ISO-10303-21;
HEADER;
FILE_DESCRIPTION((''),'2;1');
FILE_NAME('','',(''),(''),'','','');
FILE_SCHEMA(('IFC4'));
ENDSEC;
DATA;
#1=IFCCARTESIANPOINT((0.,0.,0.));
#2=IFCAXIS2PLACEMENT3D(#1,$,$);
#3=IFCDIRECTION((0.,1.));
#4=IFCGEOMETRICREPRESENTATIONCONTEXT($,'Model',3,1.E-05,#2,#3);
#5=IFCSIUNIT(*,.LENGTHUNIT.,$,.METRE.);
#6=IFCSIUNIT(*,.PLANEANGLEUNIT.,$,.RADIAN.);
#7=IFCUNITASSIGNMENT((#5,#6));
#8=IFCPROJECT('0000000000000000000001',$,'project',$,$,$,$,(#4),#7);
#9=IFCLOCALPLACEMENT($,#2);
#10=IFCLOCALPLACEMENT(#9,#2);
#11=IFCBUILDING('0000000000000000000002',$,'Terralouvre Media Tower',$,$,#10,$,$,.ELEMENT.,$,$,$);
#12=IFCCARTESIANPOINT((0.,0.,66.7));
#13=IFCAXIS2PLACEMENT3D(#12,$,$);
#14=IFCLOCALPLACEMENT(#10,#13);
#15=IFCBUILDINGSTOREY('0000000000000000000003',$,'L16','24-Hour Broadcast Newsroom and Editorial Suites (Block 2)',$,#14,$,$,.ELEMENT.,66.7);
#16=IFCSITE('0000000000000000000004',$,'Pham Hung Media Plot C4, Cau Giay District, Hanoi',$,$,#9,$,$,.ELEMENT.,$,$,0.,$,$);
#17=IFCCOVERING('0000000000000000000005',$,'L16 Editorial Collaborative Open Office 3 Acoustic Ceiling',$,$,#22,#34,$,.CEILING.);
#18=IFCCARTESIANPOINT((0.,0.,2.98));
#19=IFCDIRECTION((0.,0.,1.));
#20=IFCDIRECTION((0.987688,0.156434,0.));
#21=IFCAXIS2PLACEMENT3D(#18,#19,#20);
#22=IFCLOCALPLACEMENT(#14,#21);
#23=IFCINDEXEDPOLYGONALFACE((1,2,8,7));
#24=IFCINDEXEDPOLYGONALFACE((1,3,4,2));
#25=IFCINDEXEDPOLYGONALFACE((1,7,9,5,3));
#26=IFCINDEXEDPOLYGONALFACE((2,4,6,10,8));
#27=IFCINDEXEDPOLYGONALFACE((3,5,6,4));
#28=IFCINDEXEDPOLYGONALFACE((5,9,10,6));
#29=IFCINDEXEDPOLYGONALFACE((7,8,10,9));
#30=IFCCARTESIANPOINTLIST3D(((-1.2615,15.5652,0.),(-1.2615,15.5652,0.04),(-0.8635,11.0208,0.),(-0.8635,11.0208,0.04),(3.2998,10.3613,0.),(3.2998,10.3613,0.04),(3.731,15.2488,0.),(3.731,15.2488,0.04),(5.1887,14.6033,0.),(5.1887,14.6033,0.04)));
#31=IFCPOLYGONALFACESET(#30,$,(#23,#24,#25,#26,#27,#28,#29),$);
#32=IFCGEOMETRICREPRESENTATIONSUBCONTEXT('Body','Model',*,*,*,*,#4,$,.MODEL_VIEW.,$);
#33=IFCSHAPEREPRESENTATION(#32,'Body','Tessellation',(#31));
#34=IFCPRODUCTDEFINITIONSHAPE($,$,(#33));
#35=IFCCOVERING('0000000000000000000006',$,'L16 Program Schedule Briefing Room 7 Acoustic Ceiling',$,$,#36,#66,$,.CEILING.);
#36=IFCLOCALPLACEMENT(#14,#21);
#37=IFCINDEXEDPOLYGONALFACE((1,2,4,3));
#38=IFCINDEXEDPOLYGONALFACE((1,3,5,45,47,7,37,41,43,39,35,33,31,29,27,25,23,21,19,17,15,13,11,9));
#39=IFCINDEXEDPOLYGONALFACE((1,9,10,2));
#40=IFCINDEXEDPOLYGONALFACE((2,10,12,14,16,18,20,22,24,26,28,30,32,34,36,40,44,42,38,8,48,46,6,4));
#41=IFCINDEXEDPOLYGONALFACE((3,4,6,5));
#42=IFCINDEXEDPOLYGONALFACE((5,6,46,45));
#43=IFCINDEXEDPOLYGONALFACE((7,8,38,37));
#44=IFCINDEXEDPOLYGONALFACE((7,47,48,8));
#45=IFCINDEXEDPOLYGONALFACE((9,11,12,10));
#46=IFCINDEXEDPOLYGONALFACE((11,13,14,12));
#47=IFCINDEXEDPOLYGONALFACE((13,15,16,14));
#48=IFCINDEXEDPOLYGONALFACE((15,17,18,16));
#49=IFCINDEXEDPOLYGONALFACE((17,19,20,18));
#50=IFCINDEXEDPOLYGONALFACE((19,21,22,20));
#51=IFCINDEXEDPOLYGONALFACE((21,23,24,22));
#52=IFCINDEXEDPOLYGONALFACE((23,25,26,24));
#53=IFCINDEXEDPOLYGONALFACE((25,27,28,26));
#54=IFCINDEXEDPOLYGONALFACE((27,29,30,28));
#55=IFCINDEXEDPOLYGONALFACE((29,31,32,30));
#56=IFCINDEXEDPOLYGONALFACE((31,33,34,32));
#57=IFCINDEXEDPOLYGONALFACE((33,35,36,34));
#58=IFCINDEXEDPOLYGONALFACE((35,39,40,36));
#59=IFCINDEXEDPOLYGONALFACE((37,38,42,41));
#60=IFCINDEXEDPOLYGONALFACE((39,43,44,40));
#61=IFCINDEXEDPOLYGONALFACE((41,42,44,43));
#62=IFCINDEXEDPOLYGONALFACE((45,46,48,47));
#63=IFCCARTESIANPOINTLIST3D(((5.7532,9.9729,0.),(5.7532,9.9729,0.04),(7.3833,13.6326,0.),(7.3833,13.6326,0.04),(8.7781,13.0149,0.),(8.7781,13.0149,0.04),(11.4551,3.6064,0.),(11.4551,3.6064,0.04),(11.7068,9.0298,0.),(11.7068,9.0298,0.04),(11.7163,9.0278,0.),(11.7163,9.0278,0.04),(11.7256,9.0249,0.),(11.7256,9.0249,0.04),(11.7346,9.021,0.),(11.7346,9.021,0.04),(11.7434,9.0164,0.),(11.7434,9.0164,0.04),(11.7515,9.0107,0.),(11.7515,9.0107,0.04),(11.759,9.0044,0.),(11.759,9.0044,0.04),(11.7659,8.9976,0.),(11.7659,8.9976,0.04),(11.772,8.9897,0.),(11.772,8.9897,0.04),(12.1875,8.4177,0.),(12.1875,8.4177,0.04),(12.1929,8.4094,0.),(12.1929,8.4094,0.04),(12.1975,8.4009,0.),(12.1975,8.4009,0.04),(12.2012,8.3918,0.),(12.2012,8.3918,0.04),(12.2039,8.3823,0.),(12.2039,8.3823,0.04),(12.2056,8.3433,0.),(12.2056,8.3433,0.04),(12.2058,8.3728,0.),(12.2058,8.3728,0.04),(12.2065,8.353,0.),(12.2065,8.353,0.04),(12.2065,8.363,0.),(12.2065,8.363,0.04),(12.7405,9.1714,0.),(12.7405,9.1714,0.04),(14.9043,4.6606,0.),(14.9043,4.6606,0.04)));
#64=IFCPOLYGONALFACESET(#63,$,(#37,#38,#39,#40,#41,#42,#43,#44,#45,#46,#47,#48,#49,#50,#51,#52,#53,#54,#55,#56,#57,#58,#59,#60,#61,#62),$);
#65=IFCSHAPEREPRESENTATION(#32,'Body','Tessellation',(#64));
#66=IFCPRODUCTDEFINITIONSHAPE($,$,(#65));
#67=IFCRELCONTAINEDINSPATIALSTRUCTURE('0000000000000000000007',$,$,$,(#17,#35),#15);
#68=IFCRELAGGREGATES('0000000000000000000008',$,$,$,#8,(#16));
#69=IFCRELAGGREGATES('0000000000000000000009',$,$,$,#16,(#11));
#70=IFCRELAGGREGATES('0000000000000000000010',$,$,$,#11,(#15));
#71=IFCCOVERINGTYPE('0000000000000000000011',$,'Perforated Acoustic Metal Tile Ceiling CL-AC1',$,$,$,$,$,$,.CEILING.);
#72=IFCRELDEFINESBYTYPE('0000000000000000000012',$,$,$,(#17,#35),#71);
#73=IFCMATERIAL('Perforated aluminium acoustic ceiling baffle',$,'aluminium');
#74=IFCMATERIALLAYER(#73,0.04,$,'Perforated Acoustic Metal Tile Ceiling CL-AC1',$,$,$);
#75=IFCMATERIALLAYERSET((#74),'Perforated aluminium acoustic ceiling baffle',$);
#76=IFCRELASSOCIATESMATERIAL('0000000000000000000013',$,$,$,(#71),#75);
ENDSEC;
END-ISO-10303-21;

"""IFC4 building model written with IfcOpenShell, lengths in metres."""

from ifc_helpers import new_model, si_unit, direction, frame, origin, place, context, subcontext, project, spatial, polyline, outline, extrude, material, layer, layer_set, type_object, element, save


model = new_model("IFC4")

# Units and contexts
model_context = context("Model", 3, precision=1e-05, world=origin(), true_north=direction((0.0, 1.0)))
body_context = subcontext(model_context, "Body", "Model", "MODEL_VIEW")
ifc_project = project(units=[si_unit("LENGTHUNIT", "METRE"), si_unit("PLANEANGLEUNIT", "RADIAN")], contexts=[model_context])

# Site, building, storey
site_placement = place(None, origin())
site = spatial("IfcSite", under=ifc_project, at=site_placement, Name="Pham Hung Media Plot C4, Cau Giay District, Hanoi", CompositionType="ELEMENT", RefElevation=0.0)
building_placement = place(site_placement, origin())
building = spatial("IfcBuilding", under=site, at=building_placement, Name="Terralouvre Media Tower", CompositionType="ELEMENT")
storey_placement = place(building_placement, frame((0.0, 0.0, 66.7)))
storey = spatial("IfcBuildingStorey", under=building, at=storey_placement, Name="L16", Description="24-Hour Broadcast Newsroom and Editorial Suites (Block 2)", CompositionType="ELEMENT", Elevation=66.7)

# Coverings
ifc_material_1 = material(Name="Perforated aluminium acoustic ceiling baffle", Category="aluminium")
ifc_layer_1 = layer(ifc_material_1, 0.04, Name="Perforated Acoustic Metal Tile Ceiling CL-AC1")
ifc_layer_set_1 = layer_set([ifc_layer_1], Name="Perforated aluminium acoustic ceiling baffle")
covering_type = type_object("IfcCoveringType", Name="Perforated Acoustic Metal Tile Ceiling CL-AC1", PredefinedType="CEILING", material=ifc_layer_set_1)
covering_1_placement = place(storey_placement, frame((0.0, 0.0, 2.98), z_axis=(0.0, 0.0, 1.0), x_axis=(0.987688, 0.156434, 0.0)))
element("IfcCovering", 1, at=covering_1_placement, inside=storey, type_object=covering_type, Name="L16 Editorial Collaborative Open Office 3 Acoustic Ceiling", PredefinedType="CEILING", context=body_context, shape_type="SweptSolid", body=[
    extrude(outline(polyline([(-1.2615, 15.5652), (-0.8635, 11.0208), (3.2998, 10.3613), (5.1887, 14.6033), (3.731, 15.2488), (-1.2615, 15.5652)])), origin(), (0.0, 0.0, 1.0), 0.04),
])
covering_2_placement = place(storey_placement, frame((0.0, 0.0, 2.98), z_axis=(0.0, 0.0, 1.0), x_axis=(0.987688, 0.156434, 0.0)))
element("IfcCovering", 2, at=covering_2_placement, inside=storey, type_object=covering_type, Name="L16 Program Schedule Briefing Room 7 Acoustic Ceiling", PredefinedType="CEILING", context=body_context, shape_type="SweptSolid", body=[
    extrude(outline(polyline([(12.7405, 9.1714), (8.7781, 13.0149), (7.3833, 13.6326), (5.7532, 9.9729), (11.7068, 9.0298), (11.7163, 9.0278), (11.7256, 9.0249), (11.7346, 9.021), (11.7434, 9.0164), (11.7515, 9.0107), (11.759, 9.0044), (11.7659, 8.9976), (11.772, 8.9897), (12.1875, 8.4177), (12.1929, 8.4094), (12.1975, 8.4009), (12.2012, 8.3918), (12.2039, 8.3823), (12.2058, 8.3728), (12.2065, 8.363), (12.2065, 8.353), (12.2056, 8.3433), (11.4551, 3.6064), (14.9043, 4.6606), (12.7405, 9.1714)])), origin(), (0.0, 0.0, 1.0), 0.04),
])

save(model, "model.ifc")
